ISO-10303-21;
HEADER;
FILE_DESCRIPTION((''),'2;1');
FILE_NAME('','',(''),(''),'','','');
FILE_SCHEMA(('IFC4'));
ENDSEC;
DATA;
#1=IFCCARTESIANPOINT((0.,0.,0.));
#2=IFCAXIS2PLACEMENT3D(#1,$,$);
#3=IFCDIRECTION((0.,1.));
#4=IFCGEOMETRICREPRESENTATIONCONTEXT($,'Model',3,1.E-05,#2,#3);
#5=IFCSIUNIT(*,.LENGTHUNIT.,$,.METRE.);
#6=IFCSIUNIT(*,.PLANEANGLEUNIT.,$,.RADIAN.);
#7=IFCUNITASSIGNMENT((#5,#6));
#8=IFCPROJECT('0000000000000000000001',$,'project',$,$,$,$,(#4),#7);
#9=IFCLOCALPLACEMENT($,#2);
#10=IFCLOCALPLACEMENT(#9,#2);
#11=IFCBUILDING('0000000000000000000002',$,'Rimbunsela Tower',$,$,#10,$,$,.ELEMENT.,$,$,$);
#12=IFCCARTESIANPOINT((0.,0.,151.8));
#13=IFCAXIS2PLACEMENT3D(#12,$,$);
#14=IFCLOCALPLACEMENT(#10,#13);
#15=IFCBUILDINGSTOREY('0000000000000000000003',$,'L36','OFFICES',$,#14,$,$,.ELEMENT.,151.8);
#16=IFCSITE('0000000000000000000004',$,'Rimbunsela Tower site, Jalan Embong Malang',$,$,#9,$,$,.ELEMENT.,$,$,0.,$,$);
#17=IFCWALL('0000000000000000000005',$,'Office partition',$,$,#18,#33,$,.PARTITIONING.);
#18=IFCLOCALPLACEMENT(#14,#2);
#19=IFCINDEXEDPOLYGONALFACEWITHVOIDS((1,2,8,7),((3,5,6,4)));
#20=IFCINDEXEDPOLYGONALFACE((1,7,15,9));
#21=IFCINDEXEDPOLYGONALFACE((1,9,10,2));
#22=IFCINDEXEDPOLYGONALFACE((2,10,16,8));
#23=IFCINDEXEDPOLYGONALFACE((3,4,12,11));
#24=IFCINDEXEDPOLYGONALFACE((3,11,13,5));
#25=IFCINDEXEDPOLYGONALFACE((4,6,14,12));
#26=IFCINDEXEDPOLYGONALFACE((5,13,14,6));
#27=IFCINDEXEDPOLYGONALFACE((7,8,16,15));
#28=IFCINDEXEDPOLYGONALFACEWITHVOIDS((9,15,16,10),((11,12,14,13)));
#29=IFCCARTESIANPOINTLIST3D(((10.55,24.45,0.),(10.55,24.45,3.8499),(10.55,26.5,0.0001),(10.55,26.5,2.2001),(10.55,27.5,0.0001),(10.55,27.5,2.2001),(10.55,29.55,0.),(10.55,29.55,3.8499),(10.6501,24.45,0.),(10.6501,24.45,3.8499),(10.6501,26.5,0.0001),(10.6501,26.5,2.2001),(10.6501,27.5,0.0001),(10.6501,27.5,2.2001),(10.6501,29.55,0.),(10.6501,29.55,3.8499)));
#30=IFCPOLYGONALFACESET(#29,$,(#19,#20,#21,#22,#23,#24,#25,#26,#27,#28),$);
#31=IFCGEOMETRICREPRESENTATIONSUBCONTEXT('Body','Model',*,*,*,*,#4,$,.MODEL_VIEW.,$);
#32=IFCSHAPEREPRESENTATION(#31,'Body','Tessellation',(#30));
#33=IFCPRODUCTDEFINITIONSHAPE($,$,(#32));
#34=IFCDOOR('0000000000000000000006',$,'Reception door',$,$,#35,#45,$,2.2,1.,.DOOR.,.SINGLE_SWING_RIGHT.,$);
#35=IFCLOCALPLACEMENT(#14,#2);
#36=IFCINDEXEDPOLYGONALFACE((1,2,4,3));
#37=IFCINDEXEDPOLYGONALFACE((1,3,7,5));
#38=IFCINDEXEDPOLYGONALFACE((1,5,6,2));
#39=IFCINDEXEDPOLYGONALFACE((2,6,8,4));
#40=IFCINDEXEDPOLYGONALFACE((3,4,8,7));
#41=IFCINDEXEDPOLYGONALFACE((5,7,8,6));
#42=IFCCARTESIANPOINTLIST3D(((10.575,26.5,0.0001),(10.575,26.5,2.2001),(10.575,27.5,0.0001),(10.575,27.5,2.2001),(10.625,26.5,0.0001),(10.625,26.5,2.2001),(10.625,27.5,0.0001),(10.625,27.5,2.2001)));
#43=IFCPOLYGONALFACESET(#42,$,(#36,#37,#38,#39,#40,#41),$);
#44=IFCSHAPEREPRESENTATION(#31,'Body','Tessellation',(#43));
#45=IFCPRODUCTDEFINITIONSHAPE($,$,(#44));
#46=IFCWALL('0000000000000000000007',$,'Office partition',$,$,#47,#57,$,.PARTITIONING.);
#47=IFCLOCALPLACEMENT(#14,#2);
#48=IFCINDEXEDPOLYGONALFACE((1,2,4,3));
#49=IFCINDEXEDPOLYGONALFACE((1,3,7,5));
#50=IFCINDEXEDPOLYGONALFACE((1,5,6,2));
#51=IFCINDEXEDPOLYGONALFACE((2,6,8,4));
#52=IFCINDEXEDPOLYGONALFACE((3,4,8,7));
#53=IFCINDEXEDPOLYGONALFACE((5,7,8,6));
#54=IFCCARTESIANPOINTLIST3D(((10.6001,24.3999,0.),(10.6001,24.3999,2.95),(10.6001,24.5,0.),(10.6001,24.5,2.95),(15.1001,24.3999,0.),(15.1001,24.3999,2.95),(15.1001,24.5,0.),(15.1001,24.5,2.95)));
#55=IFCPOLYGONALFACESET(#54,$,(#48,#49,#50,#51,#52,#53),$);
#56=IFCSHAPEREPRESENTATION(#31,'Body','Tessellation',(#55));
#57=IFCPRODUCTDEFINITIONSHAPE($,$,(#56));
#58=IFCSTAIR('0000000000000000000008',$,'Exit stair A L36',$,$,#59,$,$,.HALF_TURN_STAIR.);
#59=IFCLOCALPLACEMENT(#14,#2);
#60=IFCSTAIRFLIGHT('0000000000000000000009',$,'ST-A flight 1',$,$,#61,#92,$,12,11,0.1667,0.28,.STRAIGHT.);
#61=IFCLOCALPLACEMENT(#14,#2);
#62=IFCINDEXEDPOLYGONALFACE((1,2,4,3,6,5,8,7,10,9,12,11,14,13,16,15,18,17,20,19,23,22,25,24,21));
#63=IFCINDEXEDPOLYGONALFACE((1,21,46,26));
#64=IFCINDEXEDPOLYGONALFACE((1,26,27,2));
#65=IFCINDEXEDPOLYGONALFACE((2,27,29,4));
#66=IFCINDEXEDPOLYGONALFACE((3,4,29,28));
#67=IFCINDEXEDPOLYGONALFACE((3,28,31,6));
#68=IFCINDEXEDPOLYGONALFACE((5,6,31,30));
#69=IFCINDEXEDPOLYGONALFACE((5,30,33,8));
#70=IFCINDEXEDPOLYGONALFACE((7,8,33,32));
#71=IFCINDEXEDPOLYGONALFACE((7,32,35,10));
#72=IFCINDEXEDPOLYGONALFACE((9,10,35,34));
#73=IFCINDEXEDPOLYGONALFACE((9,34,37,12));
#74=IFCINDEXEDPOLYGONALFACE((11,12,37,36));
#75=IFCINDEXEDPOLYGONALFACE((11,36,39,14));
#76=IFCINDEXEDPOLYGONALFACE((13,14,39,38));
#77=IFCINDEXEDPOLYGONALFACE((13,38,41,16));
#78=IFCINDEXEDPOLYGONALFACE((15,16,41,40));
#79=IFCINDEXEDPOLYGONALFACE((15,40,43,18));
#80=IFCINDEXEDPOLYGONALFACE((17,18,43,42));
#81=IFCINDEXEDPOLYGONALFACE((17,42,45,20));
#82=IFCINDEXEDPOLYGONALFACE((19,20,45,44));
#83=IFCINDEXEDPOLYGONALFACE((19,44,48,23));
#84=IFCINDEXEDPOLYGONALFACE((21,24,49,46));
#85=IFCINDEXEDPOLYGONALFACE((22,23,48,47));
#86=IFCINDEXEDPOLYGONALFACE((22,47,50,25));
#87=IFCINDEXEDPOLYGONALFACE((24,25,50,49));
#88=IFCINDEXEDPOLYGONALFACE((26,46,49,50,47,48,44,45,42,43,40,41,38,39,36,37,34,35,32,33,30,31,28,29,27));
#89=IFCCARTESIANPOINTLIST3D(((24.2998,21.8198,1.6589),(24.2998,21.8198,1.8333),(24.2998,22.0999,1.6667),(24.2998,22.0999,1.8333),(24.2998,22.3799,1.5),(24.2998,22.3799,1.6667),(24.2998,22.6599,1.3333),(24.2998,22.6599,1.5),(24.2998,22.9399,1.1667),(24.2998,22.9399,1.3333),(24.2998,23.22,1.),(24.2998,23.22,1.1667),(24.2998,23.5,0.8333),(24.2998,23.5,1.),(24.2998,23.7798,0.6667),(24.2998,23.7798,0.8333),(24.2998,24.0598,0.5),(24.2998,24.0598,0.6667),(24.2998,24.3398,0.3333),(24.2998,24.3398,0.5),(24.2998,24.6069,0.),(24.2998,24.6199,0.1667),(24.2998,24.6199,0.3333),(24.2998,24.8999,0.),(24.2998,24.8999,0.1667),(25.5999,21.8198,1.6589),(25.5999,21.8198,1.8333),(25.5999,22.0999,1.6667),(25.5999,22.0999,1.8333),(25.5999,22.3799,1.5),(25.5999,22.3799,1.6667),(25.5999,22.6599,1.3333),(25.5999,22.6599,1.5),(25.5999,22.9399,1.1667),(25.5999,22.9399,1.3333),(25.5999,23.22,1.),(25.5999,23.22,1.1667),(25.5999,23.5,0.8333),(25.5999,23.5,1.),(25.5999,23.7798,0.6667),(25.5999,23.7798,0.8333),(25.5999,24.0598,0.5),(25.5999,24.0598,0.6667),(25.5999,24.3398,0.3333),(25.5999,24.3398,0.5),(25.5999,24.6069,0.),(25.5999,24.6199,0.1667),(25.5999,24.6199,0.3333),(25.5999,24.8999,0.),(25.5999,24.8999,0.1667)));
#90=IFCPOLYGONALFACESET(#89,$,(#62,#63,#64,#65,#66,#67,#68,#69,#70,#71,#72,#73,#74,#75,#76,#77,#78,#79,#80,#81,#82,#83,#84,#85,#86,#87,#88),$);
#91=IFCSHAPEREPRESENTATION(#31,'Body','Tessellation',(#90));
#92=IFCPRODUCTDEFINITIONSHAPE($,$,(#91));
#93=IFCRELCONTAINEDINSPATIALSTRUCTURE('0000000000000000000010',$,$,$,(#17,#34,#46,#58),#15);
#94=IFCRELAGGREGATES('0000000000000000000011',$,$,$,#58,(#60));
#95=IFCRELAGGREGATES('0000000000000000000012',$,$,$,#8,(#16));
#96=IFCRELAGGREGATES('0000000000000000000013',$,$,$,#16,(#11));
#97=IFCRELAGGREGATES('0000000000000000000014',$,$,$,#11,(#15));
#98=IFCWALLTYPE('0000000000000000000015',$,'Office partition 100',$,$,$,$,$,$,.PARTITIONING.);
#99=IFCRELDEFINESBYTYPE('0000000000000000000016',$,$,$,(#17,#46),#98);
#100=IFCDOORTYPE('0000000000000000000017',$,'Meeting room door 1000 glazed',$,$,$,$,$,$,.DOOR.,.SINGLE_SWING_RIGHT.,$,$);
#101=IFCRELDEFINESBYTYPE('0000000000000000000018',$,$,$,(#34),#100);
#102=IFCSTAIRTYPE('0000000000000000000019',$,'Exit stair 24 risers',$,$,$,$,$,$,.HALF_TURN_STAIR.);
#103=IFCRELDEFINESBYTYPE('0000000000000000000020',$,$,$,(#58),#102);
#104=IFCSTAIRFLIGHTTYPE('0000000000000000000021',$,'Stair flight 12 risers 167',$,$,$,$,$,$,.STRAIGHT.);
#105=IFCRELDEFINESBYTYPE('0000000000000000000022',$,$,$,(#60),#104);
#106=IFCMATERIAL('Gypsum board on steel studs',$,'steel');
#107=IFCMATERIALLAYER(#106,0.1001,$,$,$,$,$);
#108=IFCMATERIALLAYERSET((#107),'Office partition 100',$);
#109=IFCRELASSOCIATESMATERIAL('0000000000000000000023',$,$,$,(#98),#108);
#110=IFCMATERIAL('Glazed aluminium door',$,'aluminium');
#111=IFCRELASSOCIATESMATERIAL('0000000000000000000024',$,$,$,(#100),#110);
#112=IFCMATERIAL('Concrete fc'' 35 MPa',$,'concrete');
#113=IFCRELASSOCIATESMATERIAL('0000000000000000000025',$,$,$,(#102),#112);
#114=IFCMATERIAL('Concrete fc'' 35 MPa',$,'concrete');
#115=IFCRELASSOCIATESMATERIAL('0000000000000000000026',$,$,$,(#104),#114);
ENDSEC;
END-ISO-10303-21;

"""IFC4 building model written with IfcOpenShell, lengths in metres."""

from ifc_helpers import new_model, si_unit, direction, frame, frame_2d, origin, place, context, subcontext, project, spatial, polyline, rectangle, outline, extrude, material, layer, layer_set, type_object, element, fill, aggregate, save


model = new_model("IFC4")

# Units and contexts
model_context = context("Model", 3, precision=1e-05, world=origin(), true_north=direction((0.0, 1.0)))
body_context = subcontext(model_context, "Body", "Model", "MODEL_VIEW")
ifc_project = project(units=[si_unit("LENGTHUNIT", "METRE"), si_unit("PLANEANGLEUNIT", "RADIAN")], contexts=[model_context])

# Site, building, storey
site_placement = place(None, origin())
site = spatial("IfcSite", under=ifc_project, at=site_placement, Name="Rimbunsela Tower site, Jalan Embong Malang", CompositionType="ELEMENT", RefElevation=0.0)
building_placement = place(site_placement, origin())
building = spatial("IfcBuilding", under=site, at=building_placement, Name="Rimbunsela Tower", CompositionType="ELEMENT")
storey_placement = place(building_placement, frame((0.0, 0.0, 151.8)))
storey = spatial("IfcBuildingStorey", under=building, at=storey_placement, Name="L36", Description="OFFICES", CompositionType="ELEMENT", Elevation=151.8)

# Shared definitions
ifc_material_1 = material(Name="Gypsum board on steel studs", Category="steel")
ifc_layer_1 = layer(ifc_material_1, 0.1001)
ifc_layer_set_1 = layer_set([ifc_layer_1], Name="Office partition 100")
wall_type_1 = type_object("IfcWallType", Name="Office partition 100", PredefinedType="PARTITIONING", material=ifc_layer_set_1)

# Wall, opening, door
wall_1_placement = place(storey_placement, frame((10.6001, 29.55, 0.0), z_axis=(0.0, 0.0, 1.0), x_axis=(0.0, -1.0, 0.0)))
wall_1 = element("IfcWall", 1, at=wall_1_placement, inside=storey, type_object=wall_type_1, Name="Office partition", PredefinedType="PARTITIONING", context=body_context, shape_type="SweptSolid", body=[
    extrude(rectangle(XDim=5.1001, YDim=0.1001, at=frame_2d((2.55, 0.0))), origin(), (0.0, 0.0, 1.0), 3.8499),
])
opening_1_placement = place(wall_1_placement, frame((2.05, 0.0, 0.0)))
opening_1 = element("IfcOpeningElement", 2, at=opening_1_placement, cuts=wall_1, PredefinedType="OPENING", context=body_context, shape_type="SweptSolid", body=[
    extrude(rectangle(XDim=1.0, YDim=2.2, at=frame_2d((0.5, 1.1001))), frame((0.0, 0.0601, 0.0), z_axis=(0.0, -1.0, 0.0), x_axis=(1.0, 0.0, 0.0)), (0.0, 0.0, 1.0), 0.1201),
])
ifc_material_2 = material(Name="Glazed aluminium door", Category="aluminium")
door_type_1 = type_object("IfcDoorType", Name="Meeting room door 1000 glazed", OperationType="SINGLE_SWING_RIGHT", PredefinedType="DOOR", material=ifc_material_2)
door_1_placement = place(opening_1_placement, origin())
door_1 = element("IfcDoor", 3, at=door_1_placement, inside=storey, type_object=door_type_1, Name="Reception door", OperationType="SINGLE_SWING_RIGHT", OverallHeight=2.2, OverallWidth=1.0, PredefinedType="DOOR", context=body_context, shape_type="SweptSolid", body=[
    extrude(rectangle(XDim=1.0, YDim=2.2, at=frame_2d((0.5, 1.1001))), frame((0.0, 0.0249, 0.0), z_axis=(0.0, -1.0, 0.0), x_axis=(1.0, 0.0, 0.0)), (0.0, 0.0, 1.0), 0.05),
])
fill(opening_1, door_1)

# Wall
wall_2_placement = place(storey_placement, frame((10.6001, 24.45, 0.0), z_axis=(0.0, 0.0, 1.0), x_axis=(1.0, 0.0, 0.0)))
element("IfcWall", 4, at=wall_2_placement, inside=storey, type_object=wall_type_1, Name="Office partition", PredefinedType="PARTITIONING", context=body_context, shape_type="SweptSolid", body=[
    extrude(rectangle(XDim=4.5, YDim=0.1001, at=frame_2d((2.25, 0.0))), origin(), (0.0, 0.0, 1.0), 2.95),
])

# Stair, stair flight
ifc_material_3 = material(Name="Concrete fc' 35 MPa", Category="concrete")
stair_type = type_object("IfcStairType", Name="Exit stair 24 risers", PredefinedType="HALF_TURN_STAIR", material=ifc_material_3)
stair_placement = place(storey_placement, origin())
stair = element("IfcStair", 5, at=stair_placement, inside=storey, type_object=stair_type, Name="Exit stair A L36", PredefinedType="HALF_TURN_STAIR")
ifc_material_4 = material(Name="Concrete fc' 35 MPa", Category="concrete")
stair_flight_type = type_object("IfcStairFlightType", Name="Stair flight 12 risers 167", PredefinedType="STRAIGHT", material=ifc_material_4)
stair_flight_placement = place(storey_placement, frame((24.95, 24.8999, 0.0), z_axis=(0.0, 0.0, 1.0), x_axis=(0.0, -1.0, 0.0)))
stair_flight = element("IfcStairFlight", 6, at=stair_flight_placement, type_object=stair_flight_type, Name="ST-A flight 1", NumberOfRisers=12, NumberOfTreads=11, PredefinedType="STRAIGHT", RiserHeight=0.1667, TreadLength=0.28, context=body_context, shape_type="SweptSolid", body=[
    extrude(outline(polyline([(0.0, 0.0), (0.0, 0.1667), (0.28, 0.1667), (0.28, 0.3333), (0.5601, 0.3333), (0.5601, 0.5), (0.8401, 0.5), (0.8401, 0.6667), (1.1201, 0.6667), (1.1201, 0.8333), (1.3999, 0.8333), (1.3999, 1.0), (1.6799, 1.0), (1.6799, 1.1667), (1.96, 1.1667), (1.96, 1.3333), (2.24, 1.3333), (2.24, 1.5), (2.52, 1.5), (2.52, 1.6667), (2.8, 1.6667), (2.8, 1.8333), (3.0801, 1.8333), (3.0801, 2.0), (3.0801, 1.6589), (0.293, 0.0), (0.0, 0.0)])), frame((0.0, 0.6499, 0.0), z_axis=(0.0, -1.0, 0.0), x_axis=(1.0, 0.0, 0.0)), (0.0, 0.0, 1.0), 1.3),
])
aggregate(stair, [stair_flight])

save(model, "model.ifc")
